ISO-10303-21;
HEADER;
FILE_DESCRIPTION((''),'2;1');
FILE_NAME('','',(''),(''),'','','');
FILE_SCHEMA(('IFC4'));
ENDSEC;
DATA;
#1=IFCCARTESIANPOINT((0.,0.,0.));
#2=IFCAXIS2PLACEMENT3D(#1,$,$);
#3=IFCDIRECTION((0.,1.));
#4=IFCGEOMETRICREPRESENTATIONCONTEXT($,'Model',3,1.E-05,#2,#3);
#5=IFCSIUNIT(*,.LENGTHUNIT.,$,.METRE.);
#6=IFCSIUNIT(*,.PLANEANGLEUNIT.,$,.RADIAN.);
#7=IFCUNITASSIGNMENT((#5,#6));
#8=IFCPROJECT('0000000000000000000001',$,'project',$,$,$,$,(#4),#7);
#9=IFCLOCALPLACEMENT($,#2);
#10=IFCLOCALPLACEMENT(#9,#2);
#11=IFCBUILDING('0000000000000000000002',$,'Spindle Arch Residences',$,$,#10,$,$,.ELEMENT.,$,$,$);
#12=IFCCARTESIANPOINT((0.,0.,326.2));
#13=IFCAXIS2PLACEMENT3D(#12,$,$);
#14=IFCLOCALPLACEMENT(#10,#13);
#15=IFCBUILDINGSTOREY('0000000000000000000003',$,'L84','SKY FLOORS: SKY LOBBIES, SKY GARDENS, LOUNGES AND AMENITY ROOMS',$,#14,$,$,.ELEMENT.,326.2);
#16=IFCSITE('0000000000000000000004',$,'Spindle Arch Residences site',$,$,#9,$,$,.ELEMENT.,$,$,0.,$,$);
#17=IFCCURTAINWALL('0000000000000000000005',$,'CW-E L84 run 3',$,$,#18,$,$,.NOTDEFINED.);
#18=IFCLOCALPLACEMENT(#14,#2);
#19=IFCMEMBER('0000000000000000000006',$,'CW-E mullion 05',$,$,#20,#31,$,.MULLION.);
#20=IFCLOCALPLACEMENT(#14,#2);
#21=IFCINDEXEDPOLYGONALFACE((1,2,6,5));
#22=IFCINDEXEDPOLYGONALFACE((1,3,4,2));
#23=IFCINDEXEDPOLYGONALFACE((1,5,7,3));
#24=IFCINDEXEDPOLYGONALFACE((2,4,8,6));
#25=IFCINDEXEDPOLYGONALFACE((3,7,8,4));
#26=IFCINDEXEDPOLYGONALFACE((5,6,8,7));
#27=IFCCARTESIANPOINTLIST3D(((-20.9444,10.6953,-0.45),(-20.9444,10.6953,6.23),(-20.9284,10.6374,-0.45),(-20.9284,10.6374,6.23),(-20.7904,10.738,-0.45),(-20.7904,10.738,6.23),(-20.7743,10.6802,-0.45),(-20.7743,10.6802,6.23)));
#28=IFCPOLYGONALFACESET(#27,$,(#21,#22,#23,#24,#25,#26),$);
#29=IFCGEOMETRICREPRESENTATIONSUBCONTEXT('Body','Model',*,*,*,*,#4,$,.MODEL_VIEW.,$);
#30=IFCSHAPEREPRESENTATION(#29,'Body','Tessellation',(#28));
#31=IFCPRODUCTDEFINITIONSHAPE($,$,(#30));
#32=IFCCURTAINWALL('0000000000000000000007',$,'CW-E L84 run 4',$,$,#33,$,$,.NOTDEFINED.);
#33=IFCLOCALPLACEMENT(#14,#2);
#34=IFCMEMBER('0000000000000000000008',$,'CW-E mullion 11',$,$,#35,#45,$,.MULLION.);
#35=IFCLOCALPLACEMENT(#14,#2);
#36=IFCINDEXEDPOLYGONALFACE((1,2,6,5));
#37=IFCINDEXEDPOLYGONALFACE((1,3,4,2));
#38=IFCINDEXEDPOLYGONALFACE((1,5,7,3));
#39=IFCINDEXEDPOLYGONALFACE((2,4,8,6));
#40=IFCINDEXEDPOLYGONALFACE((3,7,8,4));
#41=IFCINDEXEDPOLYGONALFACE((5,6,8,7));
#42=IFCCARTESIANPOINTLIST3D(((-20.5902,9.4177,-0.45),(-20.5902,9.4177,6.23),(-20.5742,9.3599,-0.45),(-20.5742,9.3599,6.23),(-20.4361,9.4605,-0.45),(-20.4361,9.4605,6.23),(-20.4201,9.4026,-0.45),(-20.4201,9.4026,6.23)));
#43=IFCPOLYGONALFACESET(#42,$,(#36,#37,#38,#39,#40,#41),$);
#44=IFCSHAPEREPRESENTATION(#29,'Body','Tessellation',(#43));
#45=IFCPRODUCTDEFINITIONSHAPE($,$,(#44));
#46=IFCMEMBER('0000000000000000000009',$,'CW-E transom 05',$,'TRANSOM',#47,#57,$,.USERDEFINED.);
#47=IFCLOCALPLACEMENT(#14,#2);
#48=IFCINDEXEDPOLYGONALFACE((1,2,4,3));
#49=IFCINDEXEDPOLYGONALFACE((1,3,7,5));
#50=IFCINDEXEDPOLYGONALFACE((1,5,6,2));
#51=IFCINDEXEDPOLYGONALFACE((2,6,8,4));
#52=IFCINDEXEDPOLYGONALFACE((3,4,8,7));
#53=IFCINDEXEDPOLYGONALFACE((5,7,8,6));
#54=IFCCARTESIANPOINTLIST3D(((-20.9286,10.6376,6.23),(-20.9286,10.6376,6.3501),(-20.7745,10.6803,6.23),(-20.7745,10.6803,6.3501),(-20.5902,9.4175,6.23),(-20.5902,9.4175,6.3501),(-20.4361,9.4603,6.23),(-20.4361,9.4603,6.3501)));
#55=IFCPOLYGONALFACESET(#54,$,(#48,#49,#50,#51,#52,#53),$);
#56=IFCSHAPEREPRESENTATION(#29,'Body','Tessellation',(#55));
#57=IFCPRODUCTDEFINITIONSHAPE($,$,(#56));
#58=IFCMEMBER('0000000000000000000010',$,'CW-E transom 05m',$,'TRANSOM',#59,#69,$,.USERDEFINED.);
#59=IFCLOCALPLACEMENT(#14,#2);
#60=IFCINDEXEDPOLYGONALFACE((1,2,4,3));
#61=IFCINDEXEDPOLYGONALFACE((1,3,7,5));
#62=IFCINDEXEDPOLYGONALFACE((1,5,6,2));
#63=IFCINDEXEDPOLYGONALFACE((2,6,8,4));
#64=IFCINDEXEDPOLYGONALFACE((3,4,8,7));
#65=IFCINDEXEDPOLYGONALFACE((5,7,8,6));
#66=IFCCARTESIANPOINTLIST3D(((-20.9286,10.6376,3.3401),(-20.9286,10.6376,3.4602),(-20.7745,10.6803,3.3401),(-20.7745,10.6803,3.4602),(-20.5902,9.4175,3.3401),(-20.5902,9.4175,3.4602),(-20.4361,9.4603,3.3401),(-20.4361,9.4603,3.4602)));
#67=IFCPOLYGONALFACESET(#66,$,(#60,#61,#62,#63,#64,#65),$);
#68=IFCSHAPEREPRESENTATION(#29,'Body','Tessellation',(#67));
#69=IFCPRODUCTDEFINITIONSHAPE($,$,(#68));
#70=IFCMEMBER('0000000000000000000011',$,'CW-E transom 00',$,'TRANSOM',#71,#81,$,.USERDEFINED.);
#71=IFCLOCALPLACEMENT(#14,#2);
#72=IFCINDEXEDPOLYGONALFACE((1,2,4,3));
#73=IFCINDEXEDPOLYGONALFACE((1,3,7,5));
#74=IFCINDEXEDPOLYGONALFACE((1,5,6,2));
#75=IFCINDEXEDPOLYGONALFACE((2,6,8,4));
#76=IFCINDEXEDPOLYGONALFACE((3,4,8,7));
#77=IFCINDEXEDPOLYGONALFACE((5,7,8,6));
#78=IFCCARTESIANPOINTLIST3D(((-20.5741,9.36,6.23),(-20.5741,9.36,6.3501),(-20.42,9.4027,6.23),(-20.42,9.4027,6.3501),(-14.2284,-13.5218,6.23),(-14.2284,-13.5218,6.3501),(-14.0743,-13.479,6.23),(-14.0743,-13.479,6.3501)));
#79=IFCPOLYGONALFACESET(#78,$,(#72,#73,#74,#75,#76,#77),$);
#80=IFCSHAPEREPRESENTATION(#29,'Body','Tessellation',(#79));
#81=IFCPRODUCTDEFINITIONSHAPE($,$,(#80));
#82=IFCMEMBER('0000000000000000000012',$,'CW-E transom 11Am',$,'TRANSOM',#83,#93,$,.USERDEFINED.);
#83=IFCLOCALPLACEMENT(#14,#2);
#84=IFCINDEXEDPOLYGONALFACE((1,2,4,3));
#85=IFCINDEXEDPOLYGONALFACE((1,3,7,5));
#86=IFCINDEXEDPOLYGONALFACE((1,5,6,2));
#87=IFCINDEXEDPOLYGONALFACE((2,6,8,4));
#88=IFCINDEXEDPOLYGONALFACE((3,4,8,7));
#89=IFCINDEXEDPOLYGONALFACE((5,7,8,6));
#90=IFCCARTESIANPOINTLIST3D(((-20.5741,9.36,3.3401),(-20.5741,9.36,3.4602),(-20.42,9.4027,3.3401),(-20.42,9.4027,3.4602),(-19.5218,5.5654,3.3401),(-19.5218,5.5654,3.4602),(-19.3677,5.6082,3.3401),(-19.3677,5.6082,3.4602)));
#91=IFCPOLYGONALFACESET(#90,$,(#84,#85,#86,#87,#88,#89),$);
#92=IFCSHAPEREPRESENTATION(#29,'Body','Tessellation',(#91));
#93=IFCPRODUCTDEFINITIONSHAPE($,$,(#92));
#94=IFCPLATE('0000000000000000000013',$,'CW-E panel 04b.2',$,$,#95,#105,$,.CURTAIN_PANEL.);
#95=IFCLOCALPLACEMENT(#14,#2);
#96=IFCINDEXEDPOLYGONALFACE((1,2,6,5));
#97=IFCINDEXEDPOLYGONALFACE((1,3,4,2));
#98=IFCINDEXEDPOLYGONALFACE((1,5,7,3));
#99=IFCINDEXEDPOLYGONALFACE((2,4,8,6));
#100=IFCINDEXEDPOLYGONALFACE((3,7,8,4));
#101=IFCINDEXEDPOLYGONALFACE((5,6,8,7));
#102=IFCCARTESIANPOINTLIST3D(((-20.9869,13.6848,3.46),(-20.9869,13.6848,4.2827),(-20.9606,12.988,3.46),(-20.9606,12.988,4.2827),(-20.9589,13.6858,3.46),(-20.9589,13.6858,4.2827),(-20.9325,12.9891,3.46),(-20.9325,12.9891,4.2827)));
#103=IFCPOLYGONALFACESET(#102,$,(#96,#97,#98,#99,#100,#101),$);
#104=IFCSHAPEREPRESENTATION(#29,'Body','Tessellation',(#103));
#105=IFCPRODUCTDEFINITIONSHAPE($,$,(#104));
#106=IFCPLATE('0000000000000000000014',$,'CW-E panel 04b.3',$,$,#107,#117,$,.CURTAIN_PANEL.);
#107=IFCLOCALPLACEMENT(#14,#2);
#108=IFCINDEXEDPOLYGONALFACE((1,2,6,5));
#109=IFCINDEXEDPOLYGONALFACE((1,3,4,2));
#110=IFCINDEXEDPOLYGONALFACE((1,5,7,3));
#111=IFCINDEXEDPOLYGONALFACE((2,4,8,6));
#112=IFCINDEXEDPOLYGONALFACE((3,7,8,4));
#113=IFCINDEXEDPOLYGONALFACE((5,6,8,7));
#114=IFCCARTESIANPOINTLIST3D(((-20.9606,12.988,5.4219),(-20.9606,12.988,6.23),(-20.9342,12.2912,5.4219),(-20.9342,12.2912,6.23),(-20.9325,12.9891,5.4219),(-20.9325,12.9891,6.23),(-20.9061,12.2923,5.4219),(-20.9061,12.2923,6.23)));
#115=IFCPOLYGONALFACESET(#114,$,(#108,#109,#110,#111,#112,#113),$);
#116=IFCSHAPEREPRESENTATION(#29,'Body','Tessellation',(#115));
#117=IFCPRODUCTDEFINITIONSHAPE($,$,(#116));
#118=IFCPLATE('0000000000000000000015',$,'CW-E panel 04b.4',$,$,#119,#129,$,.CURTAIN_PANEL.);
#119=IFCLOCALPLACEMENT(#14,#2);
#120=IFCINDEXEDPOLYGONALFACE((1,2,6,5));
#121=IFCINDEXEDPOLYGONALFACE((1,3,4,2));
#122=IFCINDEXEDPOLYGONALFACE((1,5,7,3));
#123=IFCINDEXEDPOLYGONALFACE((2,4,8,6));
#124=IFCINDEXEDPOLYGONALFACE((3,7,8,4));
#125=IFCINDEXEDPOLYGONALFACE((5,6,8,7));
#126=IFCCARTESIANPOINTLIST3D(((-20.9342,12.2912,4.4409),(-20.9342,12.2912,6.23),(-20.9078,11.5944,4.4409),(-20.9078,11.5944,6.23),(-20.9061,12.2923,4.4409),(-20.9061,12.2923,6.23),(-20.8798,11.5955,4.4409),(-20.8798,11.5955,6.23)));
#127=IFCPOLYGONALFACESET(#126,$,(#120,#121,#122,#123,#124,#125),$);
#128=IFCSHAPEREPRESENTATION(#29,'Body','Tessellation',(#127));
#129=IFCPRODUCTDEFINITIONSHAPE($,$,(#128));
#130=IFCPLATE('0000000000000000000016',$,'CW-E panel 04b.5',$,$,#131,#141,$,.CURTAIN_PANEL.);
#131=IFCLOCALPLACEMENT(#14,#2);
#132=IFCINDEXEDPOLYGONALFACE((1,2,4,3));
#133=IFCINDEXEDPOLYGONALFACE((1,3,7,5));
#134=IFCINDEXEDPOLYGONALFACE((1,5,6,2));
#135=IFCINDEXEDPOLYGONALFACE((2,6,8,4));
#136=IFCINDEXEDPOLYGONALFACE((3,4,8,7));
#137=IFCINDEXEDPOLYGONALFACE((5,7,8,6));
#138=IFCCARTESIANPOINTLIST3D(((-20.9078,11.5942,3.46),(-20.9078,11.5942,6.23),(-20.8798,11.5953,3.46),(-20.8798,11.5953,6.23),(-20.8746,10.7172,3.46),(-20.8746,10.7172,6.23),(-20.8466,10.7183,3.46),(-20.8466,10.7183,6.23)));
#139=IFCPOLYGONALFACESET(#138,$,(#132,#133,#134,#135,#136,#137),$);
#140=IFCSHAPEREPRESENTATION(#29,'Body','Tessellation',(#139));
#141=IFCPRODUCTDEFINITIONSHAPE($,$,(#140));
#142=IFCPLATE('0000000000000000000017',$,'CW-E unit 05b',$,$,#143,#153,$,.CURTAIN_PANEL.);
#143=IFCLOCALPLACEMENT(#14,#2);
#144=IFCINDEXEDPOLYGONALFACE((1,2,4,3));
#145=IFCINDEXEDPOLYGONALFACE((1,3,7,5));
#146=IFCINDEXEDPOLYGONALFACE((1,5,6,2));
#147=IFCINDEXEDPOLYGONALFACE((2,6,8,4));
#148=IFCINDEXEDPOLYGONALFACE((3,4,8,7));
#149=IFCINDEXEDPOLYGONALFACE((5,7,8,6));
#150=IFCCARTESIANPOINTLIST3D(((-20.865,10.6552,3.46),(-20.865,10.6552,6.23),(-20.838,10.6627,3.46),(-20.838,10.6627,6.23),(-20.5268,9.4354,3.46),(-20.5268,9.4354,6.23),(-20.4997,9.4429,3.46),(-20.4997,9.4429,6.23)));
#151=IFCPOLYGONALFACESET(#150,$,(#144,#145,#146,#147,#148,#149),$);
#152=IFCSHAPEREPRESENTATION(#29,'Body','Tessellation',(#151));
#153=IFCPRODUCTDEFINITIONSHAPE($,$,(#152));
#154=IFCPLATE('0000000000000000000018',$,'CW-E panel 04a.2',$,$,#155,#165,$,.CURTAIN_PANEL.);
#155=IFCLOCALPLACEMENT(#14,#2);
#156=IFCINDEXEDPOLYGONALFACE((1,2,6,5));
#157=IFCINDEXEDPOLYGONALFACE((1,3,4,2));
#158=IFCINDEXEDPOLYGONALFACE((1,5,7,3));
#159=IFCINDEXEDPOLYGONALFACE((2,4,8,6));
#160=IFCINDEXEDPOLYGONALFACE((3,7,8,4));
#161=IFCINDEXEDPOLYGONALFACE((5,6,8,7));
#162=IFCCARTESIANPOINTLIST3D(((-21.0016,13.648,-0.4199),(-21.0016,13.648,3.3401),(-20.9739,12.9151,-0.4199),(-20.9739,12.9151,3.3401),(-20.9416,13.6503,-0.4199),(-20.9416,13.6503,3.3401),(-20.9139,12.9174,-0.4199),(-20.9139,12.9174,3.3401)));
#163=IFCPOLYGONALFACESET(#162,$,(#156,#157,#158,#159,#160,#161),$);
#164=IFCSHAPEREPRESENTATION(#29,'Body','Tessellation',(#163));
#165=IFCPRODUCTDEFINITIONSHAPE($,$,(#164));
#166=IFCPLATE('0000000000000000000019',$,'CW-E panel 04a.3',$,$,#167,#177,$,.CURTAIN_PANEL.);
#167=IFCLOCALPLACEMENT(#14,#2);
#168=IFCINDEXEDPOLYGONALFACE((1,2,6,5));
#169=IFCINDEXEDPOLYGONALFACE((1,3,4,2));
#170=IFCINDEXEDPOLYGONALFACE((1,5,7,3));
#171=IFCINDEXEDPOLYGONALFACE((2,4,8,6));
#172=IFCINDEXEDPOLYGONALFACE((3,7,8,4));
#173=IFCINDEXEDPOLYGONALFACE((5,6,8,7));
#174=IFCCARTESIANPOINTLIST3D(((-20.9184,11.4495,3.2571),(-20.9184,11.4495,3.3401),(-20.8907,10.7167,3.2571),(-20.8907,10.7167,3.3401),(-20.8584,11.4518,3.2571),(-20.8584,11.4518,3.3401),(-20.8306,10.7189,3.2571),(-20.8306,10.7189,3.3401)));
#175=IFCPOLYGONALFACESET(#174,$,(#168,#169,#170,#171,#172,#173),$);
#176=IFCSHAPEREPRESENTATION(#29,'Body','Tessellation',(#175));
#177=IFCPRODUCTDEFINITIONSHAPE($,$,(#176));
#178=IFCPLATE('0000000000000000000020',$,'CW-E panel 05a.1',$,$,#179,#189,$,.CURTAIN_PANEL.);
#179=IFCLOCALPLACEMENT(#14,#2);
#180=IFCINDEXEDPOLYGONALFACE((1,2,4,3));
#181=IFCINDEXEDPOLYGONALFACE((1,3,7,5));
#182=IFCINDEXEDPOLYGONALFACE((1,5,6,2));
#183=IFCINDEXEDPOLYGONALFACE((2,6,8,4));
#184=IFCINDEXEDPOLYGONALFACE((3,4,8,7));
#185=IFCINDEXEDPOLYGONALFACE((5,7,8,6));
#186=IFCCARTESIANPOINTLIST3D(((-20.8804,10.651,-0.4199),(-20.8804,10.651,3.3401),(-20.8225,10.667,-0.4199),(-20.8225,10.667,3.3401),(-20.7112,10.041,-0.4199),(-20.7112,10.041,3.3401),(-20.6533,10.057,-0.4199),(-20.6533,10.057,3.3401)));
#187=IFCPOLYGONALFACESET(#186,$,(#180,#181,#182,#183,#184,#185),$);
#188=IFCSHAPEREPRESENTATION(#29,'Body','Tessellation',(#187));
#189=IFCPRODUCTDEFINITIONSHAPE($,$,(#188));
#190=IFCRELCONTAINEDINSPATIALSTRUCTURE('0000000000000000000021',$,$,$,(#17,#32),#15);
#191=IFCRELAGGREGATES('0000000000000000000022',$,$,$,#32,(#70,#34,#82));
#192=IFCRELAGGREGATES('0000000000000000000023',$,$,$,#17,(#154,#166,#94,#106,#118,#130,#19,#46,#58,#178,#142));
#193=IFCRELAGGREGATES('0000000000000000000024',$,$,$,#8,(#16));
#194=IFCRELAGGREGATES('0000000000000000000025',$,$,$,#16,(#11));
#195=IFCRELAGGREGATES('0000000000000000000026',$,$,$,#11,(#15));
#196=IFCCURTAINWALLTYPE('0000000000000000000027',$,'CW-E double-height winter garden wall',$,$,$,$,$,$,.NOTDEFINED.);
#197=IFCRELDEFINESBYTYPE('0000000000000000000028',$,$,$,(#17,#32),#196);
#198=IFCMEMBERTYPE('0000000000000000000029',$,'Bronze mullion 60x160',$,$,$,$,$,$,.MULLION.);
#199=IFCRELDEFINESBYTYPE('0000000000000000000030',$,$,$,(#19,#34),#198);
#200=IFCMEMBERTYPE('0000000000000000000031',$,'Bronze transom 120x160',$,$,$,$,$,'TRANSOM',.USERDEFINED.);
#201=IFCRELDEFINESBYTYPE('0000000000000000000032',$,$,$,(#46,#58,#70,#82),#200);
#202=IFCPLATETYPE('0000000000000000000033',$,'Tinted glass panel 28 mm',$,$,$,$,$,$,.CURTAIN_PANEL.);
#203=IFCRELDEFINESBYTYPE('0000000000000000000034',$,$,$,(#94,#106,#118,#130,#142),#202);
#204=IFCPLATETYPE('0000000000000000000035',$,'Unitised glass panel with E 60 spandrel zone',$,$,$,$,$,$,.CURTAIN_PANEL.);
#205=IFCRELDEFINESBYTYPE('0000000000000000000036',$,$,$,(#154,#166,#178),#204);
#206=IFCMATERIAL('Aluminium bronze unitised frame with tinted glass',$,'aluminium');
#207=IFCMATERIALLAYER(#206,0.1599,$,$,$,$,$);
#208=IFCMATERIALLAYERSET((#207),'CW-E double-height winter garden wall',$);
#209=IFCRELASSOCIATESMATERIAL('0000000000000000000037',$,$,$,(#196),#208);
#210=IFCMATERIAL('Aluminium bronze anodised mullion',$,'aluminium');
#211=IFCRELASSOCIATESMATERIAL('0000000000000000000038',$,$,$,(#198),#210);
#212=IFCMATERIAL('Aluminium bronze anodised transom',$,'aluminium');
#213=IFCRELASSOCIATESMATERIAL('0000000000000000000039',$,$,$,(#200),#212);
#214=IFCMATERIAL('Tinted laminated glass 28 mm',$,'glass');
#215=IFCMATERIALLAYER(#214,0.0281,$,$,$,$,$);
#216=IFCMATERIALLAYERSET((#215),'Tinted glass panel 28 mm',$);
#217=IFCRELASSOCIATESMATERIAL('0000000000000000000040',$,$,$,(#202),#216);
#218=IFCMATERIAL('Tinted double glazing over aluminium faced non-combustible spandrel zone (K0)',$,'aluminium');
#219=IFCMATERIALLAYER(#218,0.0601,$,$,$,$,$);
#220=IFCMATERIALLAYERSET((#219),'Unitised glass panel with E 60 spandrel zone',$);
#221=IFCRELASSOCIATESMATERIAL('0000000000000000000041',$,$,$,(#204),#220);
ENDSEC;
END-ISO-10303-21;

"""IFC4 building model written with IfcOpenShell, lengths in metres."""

from ifc_helpers import new_model, si_unit, direction, frame, origin, origin_2d, place, context, subcontext, project, spatial, rectangle, extrude, material, layer, layer_set, material_profile, profile_set, type_object, element, aggregate, save


model = new_model("IFC4")

# Units and contexts
model_context = context("Model", 3, precision=1e-05, world=origin(), true_north=direction((0.0, 1.0)))
body_context = subcontext(model_context, "Body", "Model", "MODEL_VIEW")
ifc_project = project(units=[si_unit("LENGTHUNIT", "METRE"), si_unit("PLANEANGLEUNIT", "RADIAN")], contexts=[model_context])

# Site, building, storey
site_placement = place(None, origin())
site = spatial("IfcSite", under=ifc_project, at=site_placement, Name="Spindle Arch Residences site", CompositionType="ELEMENT", RefElevation=0.0)
building_placement = place(site_placement, origin())
building = spatial("IfcBuilding", under=site, at=building_placement, Name="Spindle Arch Residences", CompositionType="ELEMENT")
storey_placement = place(building_placement, frame((0.0, 0.0, 326.2)))
storey = spatial("IfcBuildingStorey", under=building, at=storey_placement, Name="L84", Description="SKY FLOORS: SKY LOBBIES, SKY GARDENS, LOUNGES AND AMENITY ROOMS", CompositionType="ELEMENT", Elevation=326.2)

# Curtain walls, members
ifc_material_1 = material(Name="Aluminium bronze unitised frame with tinted glass", Category="aluminium")
ifc_layer_1 = layer(ifc_material_1, 0.1599)
ifc_layer_set_1 = layer_set([ifc_layer_1], Name="CW-E double-height winter garden wall")
curtain_wall_type = type_object("IfcCurtainWallType", Name="CW-E double-height winter garden wall", PredefinedType="NOTDEFINED", material=ifc_layer_set_1)
curtain_wall_1_placement = place(storey_placement, origin())
curtain_wall_1 = element("IfcCurtainWall", 1, at=curtain_wall_1_placement, inside=storey, type_object=curtain_wall_type, Name="CW-E L84 run 3", PredefinedType="NOTDEFINED")
ifc_material_2 = material(Name="Aluminium bronze anodised mullion", Category="aluminium")
ifc_material_profile_1 = material_profile(ifc_material_2, rectangle(XDim=0.1599, YDim=0.0601, at=origin_2d()), Name="MU 60x160")
ifc_profile_set_1 = profile_set([ifc_material_profile_1], Name="Aluminium bronze anodised mullion")
member_type_1 = type_object("IfcMemberType", Name="Bronze mullion 60x160", PredefinedType="MULLION", material=ifc_profile_set_1)
member_1_placement = place(storey_placement, frame((-20.8594, 10.6877, -0.45), z_axis=(0.0, 0.0, 1.0), x_axis=(0.96363, 0.267238, 0.0)))
member_1 = element("IfcMember", 2, at=member_1_placement, type_object=member_type_1, Name="CW-E mullion 05", PredefinedType="MULLION", context=body_context, shape_type="SweptSolid", body=[
    extrude(rectangle(XDim=0.1599, YDim=0.0601, at=origin_2d()), origin(), (0.0, 0.0, 1.0), 6.6799),
])
curtain_wall_2_placement = place(storey_placement, origin())
curtain_wall_2 = element("IfcCurtainWall", 3, at=curtain_wall_2_placement, inside=storey, type_object=curtain_wall_type, Name="CW-E L84 run 4", PredefinedType="NOTDEFINED")
member_2_placement = place(storey_placement, frame((-20.5051, 9.4102, -0.45), z_axis=(0.0, 0.0, 1.0), x_axis=(0.96363, 0.267238, 0.0)))
member_2 = element("IfcMember", 4, at=member_2_placement, type_object=member_type_1, Name="CW-E mullion 11", PredefinedType="MULLION", context=body_context, shape_type="SweptSolid", body=[
    extrude(rectangle(XDim=0.1599, YDim=0.0601, at=origin_2d()), origin(), (0.0, 0.0, 1.0), 6.6799),
])

# Members
ifc_material_3 = material(Name="Aluminium bronze anodised transom", Category="aluminium")
ifc_material_profile_2 = material_profile(ifc_material_3, rectangle(XDim=0.1599, YDim=0.1201, at=origin_2d()), Name="TR 120x160")
ifc_profile_set_2 = profile_set([ifc_material_profile_2], Name="Aluminium bronze anodised transom")
member_type_2 = type_object("IfcMemberType", Name="Bronze transom 120x160", ElementType="TRANSOM", PredefinedType="USERDEFINED", material=ifc_profile_set_2)
member_3_placement = place(storey_placement, frame((-20.8516, 10.6589, 6.29), z_axis=(0.267276, -0.96362, 0.0), x_axis=(0.96362, 0.267276, 0.0)))
member_3 = element("IfcMember", 5, at=member_3_placement, type_object=member_type_2, Name="CW-E transom 05", ObjectType="TRANSOM", PredefinedType="USERDEFINED", context=body_context, shape_type="SweptSolid", body=[
    extrude(rectangle(XDim=0.1599, YDim=0.1201, at=origin_2d()), origin(), (0.0, 0.0, 1.0), 1.2661),
])
member_4_placement = place(storey_placement, frame((-20.8516, 10.6589, 3.4001), z_axis=(0.267276, -0.96362, 0.0), x_axis=(0.96362, 0.267276, 0.0)))
member_4 = element("IfcMember", 6, at=member_4_placement, type_object=member_type_2, Name="CW-E transom 05m", ObjectType="TRANSOM", PredefinedType="USERDEFINED", context=body_context, shape_type="SweptSolid", body=[
    extrude(rectangle(XDim=0.1599, YDim=0.1201, at=origin_2d()), origin(), (0.0, 0.0, 1.0), 1.2661),
])
member_5_placement = place(storey_placement, frame((-20.4971, 9.3813, 6.29), z_axis=(0.267239, -0.96363, 0.0), x_axis=(0.96363, 0.267239, 0.0)))
member_5 = element("IfcMember", 7, at=member_5_placement, type_object=member_type_2, Name="CW-E transom 00", ObjectType="TRANSOM", PredefinedType="USERDEFINED", context=body_context, shape_type="SweptSolid", body=[
    extrude(rectangle(XDim=0.1599, YDim=0.1201, at=origin_2d()), origin(), (0.0, 0.0, 1.0), 23.7454),
])
member_6_placement = place(storey_placement, frame((-20.4971, 9.3813, 3.4001), z_axis=(0.267228, -0.963633, 0.0), x_axis=(0.963633, 0.267228, 0.0)))
member_6 = element("IfcMember", 8, at=member_6_placement, type_object=member_type_2, Name="CW-E transom 11Am", ObjectType="TRANSOM", PredefinedType="USERDEFINED", context=body_context, shape_type="SweptSolid", body=[
    extrude(rectangle(XDim=0.1599, YDim=0.1201, at=origin_2d()), origin(), (0.0, 0.0, 1.0), 3.9377),
])
aggregate(curtain_wall_2, [member_5, member_2, member_6])

# Plates
ifc_material_4 = material(Name="Tinted laminated glass 28 mm", Category="glass")
ifc_layer_2 = layer(ifc_material_4, 0.0281)
ifc_layer_set_2 = layer_set([ifc_layer_2], Name="Tinted glass panel 28 mm")
plate_type_1 = type_object("IfcPlateType", Name="Tinted glass panel 28 mm", PredefinedType="CURTAIN_PANEL", material=ifc_layer_set_2)
plate_1_placement = place(storey_placement, frame((-20.9597, 13.3369, 3.46), z_axis=(0.0, 0.0, 1.0), x_axis=(0.037806, -0.999285, 0.0)))
plate_1 = element("IfcPlate", 9, at=plate_1_placement, type_object=plate_type_1, Name="CW-E panel 04b.2", PredefinedType="CURTAIN_PANEL", context=body_context, shape_type="SweptSolid", body=[
    extrude(rectangle(XDim=0.6973, YDim=0.0281, at=origin_2d()), origin(), (0.0, 0.0, 1.0), 0.8228),
])
plate_2_placement = place(storey_placement, frame((-20.9333, 12.6401, 5.4219), z_axis=(0.0, 0.0, 1.0), x_axis=(0.037806, -0.999285, 0.0)))
plate_2 = element("IfcPlate", 10, at=plate_2_placement, type_object=plate_type_1, Name="CW-E panel 04b.3", PredefinedType="CURTAIN_PANEL", context=body_context, shape_type="SweptSolid", body=[
    extrude(rectangle(XDim=0.6973, YDim=0.0281, at=origin_2d()), origin(), (0.0, 0.0, 1.0), 0.8081),
])
plate_3_placement = place(storey_placement, frame((-20.907, 11.9434, 4.4409), z_axis=(0.0, 0.0, 1.0), x_axis=(0.037806, -0.999285, 0.0)))
plate_3 = element("IfcPlate", 11, at=plate_3_placement, type_object=plate_type_1, Name="CW-E panel 04b.4", PredefinedType="CURTAIN_PANEL", context=body_context, shape_type="SweptSolid", body=[
    extrude(rectangle(XDim=0.6973, YDim=0.0281, at=origin_2d()), origin(), (0.0, 0.0, 1.0), 1.7891),
])
plate_4_placement = place(storey_placement, frame((-20.8772, 11.1562, 3.46), z_axis=(0.0, 0.0, 1.0), x_axis=(0.037806, -0.999285, 0.0)))
plate_4 = element("IfcPlate", 12, at=plate_4_placement, type_object=plate_type_1, Name="CW-E panel 04b.5", PredefinedType="CURTAIN_PANEL", context=body_context, shape_type="SweptSolid", body=[
    extrude(rectangle(XDim=0.8777, YDim=0.0281, at=origin_2d()), origin(), (0.0, 0.0, 1.0), 2.77),
])
plate_5_placement = place(storey_placement, frame((-20.6824, 10.0491, 3.46), z_axis=(0.0, 0.0, 1.0), x_axis=(0.267238, -0.96363, 0.0)))
plate_5 = element("IfcPlate", 13, at=plate_5_placement, type_object=plate_type_1, Name="CW-E unit 05b", PredefinedType="CURTAIN_PANEL", context=body_context, shape_type="SweptSolid", body=[
    extrude(rectangle(XDim=1.2659, YDim=0.0281, at=origin_2d()), origin(), (0.0, 0.0, 1.0), 2.77),
])
ifc_material_5 = material(Name="Tinted double glazing over aluminium faced non-combustible spandrel zone (K0)", Category="aluminium")
ifc_layer_3 = layer(ifc_material_5, 0.0601)
ifc_layer_set_3 = layer_set([ifc_layer_3], Name="Unitised glass panel with E 60 spandrel zone")
plate_type_2 = type_object("IfcPlateType", Name="Unitised glass panel with E 60 spandrel zone", PredefinedType="CURTAIN_PANEL", material=ifc_layer_set_3)
plate_6_placement = place(storey_placement, frame((-20.9578, 13.2827, -0.4199), z_axis=(0.0, 0.0, 1.0), x_axis=(0.037806, -0.999285, 0.0)))
plate_6 = element("IfcPlate", 14, at=plate_6_placement, type_object=plate_type_2, Name="CW-E panel 04a.2", PredefinedType="CURTAIN_PANEL", context=body_context, shape_type="SweptSolid", body=[
    extrude(rectangle(XDim=0.7334, YDim=0.0601, at=origin_2d()), origin(), (0.0, 0.0, 1.0), 3.76),
])
plate_7_placement = place(storey_placement, frame((-20.8745, 11.0842, 3.2571), z_axis=(0.0, 0.0, 1.0), x_axis=(0.037806, -0.999285, 0.0)))
plate_7 = element("IfcPlate", 15, at=plate_7_placement, type_object=plate_type_2, Name="CW-E panel 04a.3", PredefinedType="CURTAIN_PANEL", context=body_context, shape_type="SweptSolid", body=[
    extrude(rectangle(XDim=0.7334, YDim=0.0601, at=origin_2d()), origin(), (0.0, 0.0, 1.0), 0.083),
])
plate_8_placement = place(storey_placement, frame((-20.7668, 10.354, -0.4199), z_axis=(0.0, 0.0, 1.0), x_axis=(0.267238, -0.96363, 0.0)))
plate_8 = element("IfcPlate", 16, at=plate_8_placement, type_object=plate_type_2, Name="CW-E panel 05a.1", PredefinedType="CURTAIN_PANEL", context=body_context, shape_type="SweptSolid", body=[
    extrude(rectangle(XDim=0.6331, YDim=0.0601, at=origin_2d()), origin(), (0.0, 0.0, 1.0), 3.76),
])
aggregate(curtain_wall_1, [plate_6, plate_7, plate_1, plate_2, plate_3, plate_4, member_1, member_3, member_4, plate_8, plate_5])

save(model, "model.ifc")
